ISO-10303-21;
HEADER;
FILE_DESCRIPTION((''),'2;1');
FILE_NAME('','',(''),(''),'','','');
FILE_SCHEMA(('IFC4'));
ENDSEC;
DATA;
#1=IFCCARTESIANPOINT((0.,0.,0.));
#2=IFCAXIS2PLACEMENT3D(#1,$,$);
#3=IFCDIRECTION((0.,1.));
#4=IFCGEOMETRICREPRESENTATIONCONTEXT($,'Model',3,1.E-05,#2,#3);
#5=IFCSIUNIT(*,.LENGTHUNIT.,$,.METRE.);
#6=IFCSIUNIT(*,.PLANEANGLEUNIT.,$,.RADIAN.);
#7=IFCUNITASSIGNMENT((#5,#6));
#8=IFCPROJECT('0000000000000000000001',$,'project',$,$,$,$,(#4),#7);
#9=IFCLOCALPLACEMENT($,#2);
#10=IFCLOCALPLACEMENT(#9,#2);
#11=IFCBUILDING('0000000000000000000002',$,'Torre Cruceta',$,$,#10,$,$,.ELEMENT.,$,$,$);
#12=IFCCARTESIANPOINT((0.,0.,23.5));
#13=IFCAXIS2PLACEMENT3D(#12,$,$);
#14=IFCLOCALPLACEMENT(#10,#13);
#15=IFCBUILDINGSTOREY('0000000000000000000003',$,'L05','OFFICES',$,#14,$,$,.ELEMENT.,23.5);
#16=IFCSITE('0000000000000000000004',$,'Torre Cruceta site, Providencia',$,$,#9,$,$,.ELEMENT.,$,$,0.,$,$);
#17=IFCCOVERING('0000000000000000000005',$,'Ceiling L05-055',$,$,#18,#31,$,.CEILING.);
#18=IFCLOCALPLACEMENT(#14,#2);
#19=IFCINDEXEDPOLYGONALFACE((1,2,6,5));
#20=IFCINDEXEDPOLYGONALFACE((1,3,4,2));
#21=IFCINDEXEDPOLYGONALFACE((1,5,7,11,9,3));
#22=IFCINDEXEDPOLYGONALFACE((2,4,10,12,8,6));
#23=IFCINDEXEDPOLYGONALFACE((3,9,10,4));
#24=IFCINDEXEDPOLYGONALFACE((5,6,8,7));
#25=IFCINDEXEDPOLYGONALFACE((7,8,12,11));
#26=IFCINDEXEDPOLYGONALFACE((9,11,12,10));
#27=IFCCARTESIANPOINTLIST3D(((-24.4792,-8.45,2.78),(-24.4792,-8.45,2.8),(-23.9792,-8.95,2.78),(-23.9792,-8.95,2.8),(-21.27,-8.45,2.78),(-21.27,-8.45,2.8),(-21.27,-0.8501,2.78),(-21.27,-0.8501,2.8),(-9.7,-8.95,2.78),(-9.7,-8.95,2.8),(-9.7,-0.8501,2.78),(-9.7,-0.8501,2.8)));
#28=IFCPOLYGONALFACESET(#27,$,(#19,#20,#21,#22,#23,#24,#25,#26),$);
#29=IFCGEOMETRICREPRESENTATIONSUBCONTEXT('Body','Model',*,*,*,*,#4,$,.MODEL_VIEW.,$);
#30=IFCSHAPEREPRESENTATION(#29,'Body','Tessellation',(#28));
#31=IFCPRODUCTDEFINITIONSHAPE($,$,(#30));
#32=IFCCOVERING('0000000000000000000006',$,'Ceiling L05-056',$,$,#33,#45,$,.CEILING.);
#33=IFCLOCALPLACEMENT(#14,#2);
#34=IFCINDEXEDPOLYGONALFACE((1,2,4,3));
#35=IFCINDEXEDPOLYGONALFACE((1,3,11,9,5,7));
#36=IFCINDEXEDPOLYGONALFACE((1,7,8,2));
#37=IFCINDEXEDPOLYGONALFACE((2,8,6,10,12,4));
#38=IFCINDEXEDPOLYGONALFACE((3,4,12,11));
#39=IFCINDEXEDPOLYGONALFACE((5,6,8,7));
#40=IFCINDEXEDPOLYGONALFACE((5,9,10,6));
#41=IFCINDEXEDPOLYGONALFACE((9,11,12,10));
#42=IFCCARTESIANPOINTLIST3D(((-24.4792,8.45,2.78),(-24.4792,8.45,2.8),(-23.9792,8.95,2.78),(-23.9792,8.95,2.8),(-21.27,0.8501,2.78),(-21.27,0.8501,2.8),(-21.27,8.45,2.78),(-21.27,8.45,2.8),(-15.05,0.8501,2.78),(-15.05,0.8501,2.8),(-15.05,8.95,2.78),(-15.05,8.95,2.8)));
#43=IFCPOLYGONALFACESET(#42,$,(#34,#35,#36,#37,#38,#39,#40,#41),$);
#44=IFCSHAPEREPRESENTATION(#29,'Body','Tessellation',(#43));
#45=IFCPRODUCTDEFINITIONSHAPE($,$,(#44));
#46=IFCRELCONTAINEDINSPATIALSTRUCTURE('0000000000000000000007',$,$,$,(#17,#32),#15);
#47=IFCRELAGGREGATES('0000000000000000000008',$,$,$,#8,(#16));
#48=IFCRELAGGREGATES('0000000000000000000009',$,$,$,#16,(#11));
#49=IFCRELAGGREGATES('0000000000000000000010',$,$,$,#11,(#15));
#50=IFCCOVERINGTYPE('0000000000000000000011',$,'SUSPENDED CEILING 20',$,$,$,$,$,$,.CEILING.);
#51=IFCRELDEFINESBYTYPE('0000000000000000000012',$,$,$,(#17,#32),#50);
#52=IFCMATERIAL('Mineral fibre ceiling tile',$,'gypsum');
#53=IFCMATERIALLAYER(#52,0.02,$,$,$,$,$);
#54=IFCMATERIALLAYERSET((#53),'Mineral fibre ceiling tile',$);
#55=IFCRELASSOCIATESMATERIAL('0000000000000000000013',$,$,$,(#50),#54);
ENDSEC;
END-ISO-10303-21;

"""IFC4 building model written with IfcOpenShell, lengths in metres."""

from ifc_helpers import new_model, si_unit, direction, frame, origin, place, context, subcontext, project, spatial, polyline, outline, extrude, material, layer, layer_set, type_object, element, save


model = new_model("IFC4")

# Units and contexts
model_context = context("Model", 3, precision=1e-05, world=origin(), true_north=direction((0.0, 1.0)))
body_context = subcontext(model_context, "Body", "Model", "MODEL_VIEW")
ifc_project = project(units=[si_unit("LENGTHUNIT", "METRE"), si_unit("PLANEANGLEUNIT", "RADIAN")], contexts=[model_context])

# Site, building, storey
site_placement = place(None, origin())
site = spatial("IfcSite", under=ifc_project, at=site_placement, Name="Torre Cruceta site, Providencia", CompositionType="ELEMENT", RefElevation=0.0)
building_placement = place(site_placement, origin())
building = spatial("IfcBuilding", under=site, at=building_placement, Name="Torre Cruceta", CompositionType="ELEMENT")
storey_placement = place(building_placement, frame((0.0, 0.0, 23.5)))
storey = spatial("IfcBuildingStorey", under=building, at=storey_placement, Name="L05", Description="OFFICES", CompositionType="ELEMENT", Elevation=23.5)

# Coverings
ifc_material_1 = material(Name="Mineral fibre ceiling tile", Category="gypsum")
ifc_layer_1 = layer(ifc_material_1, 0.02)
ifc_layer_set_1 = layer_set([ifc_layer_1], Name="Mineral fibre ceiling tile")
covering_type_1 = type_object("IfcCoveringType", Name="SUSPENDED CEILING 20", PredefinedType="CEILING", material=ifc_layer_set_1)
covering_1_placement = place(storey_placement, frame((0.0, 0.0, 2.78)))
element("IfcCovering", 1, at=covering_1_placement, inside=storey, type_object=covering_type_1, Name="Ceiling L05-055", PredefinedType="CEILING", context=body_context, shape_type="SweptSolid", body=[
    extrude(outline(polyline([(-21.27, -8.45), (-21.27, -0.8501), (-9.7, -0.8501), (-9.7, -8.95), (-23.9792, -8.95), (-24.4792, -8.45), (-21.27, -8.45)])), origin(), (0.0, 0.0, 1.0), 0.02),
])
covering_2_placement = place(storey_placement, frame((0.0, 0.0, 2.78)))
element("IfcCovering", 2, at=covering_2_placement, inside=storey, type_object=covering_type_1, Name="Ceiling L05-056", PredefinedType="CEILING", context=body_context, shape_type="SweptSolid", body=[
    extrude(outline(polyline([(-21.27, 8.45), (-24.4792, 8.45), (-23.9792, 8.95), (-15.05, 8.95), (-15.05, 0.8501), (-21.27, 0.8501), (-21.27, 8.45)])), origin(), (0.0, 0.0, 1.0), 0.02),
])

save(model, "model.ifc")
